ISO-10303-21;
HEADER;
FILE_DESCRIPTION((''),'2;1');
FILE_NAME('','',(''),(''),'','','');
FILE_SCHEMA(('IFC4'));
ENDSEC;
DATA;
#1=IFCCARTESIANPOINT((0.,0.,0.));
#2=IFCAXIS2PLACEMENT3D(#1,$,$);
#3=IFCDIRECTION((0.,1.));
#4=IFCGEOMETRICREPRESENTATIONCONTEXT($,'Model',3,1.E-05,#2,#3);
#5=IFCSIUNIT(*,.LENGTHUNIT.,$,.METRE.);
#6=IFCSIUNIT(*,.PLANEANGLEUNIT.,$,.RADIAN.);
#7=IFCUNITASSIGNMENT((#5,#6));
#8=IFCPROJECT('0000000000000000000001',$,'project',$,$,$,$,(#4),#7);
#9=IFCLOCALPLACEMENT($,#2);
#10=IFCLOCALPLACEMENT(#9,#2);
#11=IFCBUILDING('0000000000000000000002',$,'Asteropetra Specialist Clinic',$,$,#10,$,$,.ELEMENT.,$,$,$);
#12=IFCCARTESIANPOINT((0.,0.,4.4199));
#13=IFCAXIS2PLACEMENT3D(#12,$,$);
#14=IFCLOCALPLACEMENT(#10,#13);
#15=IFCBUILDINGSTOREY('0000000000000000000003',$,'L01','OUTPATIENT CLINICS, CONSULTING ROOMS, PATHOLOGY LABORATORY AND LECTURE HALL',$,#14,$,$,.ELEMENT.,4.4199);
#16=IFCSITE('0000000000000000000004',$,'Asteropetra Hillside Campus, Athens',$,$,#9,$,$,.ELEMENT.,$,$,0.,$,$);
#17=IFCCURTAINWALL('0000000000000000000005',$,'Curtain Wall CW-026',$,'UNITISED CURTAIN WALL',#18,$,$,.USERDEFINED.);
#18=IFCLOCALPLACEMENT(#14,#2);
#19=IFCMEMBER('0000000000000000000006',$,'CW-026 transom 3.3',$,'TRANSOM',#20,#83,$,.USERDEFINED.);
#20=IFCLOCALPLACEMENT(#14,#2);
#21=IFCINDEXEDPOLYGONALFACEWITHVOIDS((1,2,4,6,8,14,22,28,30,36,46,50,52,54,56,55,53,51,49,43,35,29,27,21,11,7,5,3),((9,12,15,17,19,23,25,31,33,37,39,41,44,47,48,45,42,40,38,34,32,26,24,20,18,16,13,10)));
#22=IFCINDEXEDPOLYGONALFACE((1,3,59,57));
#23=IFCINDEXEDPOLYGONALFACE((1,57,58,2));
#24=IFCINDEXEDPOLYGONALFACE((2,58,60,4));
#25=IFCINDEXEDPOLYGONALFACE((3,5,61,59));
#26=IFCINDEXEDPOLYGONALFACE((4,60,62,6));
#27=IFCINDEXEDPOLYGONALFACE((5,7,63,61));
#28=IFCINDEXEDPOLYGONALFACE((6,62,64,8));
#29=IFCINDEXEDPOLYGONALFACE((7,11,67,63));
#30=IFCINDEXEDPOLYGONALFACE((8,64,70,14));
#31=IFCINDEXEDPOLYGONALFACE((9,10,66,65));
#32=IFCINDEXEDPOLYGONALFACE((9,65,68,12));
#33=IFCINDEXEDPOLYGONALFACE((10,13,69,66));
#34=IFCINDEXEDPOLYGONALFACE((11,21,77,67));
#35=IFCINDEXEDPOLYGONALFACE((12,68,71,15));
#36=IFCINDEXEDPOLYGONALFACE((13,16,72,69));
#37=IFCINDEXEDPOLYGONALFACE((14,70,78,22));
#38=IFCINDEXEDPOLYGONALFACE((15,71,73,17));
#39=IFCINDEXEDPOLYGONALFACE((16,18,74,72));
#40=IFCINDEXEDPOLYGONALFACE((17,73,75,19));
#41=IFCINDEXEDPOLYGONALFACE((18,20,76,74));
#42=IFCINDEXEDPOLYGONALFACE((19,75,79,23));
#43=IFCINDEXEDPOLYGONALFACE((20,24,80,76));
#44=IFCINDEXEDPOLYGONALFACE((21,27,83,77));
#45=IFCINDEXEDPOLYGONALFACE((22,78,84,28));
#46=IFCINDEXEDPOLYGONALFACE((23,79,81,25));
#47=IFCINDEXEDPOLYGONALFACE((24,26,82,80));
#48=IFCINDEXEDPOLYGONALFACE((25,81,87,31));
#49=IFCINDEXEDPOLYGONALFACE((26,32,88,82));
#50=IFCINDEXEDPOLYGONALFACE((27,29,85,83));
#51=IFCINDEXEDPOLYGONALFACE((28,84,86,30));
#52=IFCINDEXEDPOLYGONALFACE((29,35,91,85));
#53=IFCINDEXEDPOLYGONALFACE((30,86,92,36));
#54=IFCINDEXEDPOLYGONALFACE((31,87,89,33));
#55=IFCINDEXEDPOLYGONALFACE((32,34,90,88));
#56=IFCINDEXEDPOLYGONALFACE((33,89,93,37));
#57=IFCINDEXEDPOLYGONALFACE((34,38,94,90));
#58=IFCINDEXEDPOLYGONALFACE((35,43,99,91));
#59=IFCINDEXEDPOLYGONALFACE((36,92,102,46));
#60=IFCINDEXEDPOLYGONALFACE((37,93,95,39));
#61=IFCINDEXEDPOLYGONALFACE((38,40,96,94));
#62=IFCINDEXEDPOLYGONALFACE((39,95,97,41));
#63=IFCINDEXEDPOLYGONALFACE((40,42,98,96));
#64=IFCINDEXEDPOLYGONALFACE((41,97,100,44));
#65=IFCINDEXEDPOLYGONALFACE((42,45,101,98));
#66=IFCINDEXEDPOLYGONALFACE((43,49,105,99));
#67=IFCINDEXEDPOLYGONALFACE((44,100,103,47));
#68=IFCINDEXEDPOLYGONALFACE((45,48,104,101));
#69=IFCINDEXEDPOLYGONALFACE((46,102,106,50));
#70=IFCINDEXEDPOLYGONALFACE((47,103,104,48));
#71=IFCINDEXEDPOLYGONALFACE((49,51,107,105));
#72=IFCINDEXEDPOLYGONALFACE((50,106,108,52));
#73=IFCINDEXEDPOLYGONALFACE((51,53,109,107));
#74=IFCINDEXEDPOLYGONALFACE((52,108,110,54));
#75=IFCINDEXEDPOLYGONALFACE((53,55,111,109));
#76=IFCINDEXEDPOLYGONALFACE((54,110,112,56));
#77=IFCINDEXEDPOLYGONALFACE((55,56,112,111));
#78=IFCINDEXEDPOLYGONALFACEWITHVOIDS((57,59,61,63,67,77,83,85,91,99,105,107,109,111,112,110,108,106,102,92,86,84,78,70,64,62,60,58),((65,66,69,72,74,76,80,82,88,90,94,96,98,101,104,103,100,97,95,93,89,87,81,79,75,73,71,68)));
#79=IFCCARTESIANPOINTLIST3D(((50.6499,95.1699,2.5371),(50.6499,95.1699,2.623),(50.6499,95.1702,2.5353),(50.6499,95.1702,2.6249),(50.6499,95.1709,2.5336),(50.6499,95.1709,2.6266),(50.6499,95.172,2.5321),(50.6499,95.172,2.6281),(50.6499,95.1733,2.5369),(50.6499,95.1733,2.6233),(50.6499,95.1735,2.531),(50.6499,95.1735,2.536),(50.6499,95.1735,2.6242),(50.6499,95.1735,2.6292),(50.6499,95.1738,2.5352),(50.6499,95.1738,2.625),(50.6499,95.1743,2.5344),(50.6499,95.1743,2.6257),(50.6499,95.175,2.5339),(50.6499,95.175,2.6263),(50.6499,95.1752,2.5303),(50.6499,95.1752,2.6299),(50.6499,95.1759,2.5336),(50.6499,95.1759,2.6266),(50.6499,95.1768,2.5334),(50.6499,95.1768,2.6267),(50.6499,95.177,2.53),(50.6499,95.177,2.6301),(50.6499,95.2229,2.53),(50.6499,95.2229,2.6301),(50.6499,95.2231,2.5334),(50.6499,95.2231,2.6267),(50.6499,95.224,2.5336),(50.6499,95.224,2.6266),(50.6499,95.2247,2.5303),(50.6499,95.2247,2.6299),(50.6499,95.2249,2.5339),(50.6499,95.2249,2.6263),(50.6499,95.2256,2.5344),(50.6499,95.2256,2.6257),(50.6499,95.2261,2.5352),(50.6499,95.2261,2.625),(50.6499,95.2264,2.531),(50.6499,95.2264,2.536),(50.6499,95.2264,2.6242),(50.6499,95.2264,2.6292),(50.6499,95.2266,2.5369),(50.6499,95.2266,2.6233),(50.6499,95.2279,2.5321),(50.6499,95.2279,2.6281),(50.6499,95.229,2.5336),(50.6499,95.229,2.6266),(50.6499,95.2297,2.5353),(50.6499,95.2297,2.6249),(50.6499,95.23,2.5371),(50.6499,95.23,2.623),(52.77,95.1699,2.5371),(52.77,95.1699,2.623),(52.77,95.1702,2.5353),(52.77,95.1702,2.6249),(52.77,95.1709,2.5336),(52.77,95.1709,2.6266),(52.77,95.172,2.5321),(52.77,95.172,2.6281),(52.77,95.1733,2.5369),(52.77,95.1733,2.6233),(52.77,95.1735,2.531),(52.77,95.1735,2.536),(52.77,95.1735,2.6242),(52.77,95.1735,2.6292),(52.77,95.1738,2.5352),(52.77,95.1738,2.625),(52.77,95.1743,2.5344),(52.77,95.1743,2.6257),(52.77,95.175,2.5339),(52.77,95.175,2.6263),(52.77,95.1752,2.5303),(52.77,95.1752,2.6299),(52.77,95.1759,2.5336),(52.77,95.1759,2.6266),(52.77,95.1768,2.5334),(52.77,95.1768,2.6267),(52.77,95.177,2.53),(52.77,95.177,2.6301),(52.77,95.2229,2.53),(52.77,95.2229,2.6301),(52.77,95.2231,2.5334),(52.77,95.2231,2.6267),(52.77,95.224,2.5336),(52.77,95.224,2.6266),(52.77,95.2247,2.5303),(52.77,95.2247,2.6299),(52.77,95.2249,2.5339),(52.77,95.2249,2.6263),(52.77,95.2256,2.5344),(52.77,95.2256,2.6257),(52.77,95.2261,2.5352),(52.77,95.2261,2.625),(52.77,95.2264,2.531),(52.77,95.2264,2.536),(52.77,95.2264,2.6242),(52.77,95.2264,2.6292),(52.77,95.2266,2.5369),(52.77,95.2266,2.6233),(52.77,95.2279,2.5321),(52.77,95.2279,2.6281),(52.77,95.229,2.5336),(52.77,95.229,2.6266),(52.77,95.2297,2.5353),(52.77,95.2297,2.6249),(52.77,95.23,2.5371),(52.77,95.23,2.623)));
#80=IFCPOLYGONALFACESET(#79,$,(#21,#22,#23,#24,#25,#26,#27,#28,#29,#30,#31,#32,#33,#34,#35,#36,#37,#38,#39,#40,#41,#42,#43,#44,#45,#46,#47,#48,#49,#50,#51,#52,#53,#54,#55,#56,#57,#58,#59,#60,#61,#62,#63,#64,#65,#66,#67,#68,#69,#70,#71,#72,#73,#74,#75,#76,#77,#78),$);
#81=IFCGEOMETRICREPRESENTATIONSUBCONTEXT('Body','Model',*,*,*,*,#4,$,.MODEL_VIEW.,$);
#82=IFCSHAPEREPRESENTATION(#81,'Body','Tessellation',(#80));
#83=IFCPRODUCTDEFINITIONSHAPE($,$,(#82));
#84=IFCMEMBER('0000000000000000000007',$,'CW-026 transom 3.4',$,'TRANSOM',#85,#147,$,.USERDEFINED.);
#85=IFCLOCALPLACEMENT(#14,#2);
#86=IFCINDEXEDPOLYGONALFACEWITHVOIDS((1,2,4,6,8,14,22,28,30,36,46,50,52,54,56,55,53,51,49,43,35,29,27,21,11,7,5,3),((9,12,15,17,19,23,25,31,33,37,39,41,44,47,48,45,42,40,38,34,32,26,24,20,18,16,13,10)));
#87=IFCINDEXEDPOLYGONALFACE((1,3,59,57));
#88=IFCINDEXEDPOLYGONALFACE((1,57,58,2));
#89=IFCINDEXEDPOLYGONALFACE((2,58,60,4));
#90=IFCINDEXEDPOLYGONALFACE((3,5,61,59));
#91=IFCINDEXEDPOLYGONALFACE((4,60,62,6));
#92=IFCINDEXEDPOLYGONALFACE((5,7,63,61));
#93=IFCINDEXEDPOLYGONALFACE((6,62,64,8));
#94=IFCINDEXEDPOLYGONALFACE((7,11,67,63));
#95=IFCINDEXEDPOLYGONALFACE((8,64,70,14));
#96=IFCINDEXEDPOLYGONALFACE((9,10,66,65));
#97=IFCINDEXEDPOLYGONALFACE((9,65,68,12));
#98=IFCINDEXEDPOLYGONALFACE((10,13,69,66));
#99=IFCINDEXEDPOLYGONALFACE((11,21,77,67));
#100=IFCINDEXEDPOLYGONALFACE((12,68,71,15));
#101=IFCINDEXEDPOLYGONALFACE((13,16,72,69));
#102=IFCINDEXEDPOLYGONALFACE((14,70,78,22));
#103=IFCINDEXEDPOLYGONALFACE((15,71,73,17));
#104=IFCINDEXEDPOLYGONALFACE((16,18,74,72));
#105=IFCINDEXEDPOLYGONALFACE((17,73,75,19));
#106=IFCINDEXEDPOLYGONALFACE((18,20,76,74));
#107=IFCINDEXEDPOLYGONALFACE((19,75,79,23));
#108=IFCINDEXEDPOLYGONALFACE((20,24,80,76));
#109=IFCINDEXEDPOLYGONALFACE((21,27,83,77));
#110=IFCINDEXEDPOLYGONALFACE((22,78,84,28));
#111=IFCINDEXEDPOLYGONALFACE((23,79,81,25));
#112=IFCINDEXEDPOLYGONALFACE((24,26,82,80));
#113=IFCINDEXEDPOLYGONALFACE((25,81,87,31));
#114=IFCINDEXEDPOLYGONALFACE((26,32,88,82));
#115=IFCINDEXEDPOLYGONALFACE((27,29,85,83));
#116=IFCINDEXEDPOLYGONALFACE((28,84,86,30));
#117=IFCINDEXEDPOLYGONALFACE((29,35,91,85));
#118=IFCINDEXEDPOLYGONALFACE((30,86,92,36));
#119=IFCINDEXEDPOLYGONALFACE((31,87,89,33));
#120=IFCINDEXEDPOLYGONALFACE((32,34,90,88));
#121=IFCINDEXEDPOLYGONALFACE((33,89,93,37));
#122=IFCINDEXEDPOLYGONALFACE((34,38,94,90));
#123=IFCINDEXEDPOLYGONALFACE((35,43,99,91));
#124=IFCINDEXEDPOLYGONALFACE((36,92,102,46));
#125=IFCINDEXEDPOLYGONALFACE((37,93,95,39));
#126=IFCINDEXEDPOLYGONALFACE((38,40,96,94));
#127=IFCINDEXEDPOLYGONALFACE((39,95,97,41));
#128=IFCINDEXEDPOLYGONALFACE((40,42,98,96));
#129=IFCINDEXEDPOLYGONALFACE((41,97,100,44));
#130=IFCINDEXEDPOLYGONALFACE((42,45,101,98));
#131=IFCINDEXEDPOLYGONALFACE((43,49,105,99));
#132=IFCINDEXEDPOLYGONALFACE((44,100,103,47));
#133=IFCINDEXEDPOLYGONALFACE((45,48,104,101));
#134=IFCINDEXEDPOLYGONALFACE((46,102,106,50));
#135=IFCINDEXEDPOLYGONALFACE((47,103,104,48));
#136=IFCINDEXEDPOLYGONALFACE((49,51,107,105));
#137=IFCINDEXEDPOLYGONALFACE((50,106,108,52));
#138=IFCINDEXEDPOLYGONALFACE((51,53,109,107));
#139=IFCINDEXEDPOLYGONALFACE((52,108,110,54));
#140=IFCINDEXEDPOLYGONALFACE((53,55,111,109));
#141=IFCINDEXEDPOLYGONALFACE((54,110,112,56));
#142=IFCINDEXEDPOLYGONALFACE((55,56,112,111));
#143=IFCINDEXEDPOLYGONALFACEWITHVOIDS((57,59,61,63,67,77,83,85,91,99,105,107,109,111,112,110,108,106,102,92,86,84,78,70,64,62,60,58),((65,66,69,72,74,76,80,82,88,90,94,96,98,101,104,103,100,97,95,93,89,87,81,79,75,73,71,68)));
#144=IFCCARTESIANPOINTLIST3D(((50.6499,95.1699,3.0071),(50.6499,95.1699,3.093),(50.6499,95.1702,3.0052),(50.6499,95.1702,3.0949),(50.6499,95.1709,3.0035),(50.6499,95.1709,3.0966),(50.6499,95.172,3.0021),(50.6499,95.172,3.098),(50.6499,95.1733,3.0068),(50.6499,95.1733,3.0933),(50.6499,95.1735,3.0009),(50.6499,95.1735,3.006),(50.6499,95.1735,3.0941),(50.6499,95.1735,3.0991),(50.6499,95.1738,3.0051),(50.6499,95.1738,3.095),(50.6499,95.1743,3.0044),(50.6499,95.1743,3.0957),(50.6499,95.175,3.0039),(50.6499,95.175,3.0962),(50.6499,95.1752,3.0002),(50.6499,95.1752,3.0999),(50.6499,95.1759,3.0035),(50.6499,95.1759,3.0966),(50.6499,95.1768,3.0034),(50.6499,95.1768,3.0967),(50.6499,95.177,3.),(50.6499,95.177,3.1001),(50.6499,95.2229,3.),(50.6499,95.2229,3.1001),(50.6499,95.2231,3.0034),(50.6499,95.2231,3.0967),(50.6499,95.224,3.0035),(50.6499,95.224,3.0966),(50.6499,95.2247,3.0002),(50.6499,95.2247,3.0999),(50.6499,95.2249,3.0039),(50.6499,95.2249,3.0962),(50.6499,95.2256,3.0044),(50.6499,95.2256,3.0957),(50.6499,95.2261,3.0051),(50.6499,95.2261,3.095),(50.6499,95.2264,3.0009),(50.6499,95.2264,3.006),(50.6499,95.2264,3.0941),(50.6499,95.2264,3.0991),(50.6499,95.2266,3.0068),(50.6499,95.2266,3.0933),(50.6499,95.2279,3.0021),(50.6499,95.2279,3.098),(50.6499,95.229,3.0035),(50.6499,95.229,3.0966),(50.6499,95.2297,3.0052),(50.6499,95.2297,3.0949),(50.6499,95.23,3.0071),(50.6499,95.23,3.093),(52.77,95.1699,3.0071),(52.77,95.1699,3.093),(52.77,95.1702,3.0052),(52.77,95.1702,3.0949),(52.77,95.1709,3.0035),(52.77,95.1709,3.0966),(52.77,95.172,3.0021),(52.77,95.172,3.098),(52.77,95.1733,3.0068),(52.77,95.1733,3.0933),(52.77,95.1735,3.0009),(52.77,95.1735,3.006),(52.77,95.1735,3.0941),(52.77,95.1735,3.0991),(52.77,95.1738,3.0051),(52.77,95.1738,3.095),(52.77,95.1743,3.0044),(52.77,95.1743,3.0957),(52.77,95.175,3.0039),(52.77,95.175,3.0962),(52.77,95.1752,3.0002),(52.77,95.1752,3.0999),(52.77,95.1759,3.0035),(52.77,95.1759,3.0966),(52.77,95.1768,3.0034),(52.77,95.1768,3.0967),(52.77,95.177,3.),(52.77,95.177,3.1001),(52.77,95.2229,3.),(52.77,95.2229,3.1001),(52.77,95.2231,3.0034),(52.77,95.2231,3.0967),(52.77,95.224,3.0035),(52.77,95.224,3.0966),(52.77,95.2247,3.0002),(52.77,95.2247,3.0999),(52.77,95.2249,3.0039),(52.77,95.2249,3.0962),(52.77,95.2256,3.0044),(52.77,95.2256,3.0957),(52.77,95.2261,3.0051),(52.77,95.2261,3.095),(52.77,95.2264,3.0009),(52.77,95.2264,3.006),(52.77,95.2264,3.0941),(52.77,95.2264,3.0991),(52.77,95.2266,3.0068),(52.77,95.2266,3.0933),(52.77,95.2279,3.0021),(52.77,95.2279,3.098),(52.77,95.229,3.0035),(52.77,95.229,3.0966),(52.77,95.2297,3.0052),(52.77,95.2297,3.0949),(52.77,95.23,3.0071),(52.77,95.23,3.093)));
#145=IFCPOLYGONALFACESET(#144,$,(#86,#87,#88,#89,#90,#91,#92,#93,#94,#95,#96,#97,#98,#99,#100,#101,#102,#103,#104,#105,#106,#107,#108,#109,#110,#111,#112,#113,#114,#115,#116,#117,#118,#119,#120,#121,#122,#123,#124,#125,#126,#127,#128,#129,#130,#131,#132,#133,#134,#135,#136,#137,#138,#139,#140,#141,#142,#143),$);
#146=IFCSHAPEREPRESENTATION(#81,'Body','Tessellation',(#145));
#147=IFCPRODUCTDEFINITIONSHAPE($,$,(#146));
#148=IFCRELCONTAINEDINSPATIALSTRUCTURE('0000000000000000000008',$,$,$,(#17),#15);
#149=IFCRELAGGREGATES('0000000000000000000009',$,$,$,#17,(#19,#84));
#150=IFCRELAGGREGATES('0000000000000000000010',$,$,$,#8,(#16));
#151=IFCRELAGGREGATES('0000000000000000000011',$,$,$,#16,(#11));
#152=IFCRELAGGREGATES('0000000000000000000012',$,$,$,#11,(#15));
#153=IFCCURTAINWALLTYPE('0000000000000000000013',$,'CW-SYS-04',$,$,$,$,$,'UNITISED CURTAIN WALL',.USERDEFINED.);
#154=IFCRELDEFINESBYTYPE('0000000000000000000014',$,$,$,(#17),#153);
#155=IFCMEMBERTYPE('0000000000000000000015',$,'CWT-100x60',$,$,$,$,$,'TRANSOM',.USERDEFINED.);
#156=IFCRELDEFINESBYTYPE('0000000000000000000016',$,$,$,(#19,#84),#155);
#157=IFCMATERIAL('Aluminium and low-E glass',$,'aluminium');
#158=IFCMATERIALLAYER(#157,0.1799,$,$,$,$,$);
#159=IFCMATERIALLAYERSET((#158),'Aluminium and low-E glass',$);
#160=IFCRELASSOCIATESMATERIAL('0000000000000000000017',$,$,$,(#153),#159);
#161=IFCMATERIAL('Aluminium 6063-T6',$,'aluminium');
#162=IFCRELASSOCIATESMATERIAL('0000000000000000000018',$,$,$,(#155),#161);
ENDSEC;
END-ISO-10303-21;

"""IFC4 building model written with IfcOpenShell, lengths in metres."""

from ifc_helpers import new_model, si_unit, direction, frame, origin, origin_2d, place, context, subcontext, project, spatial, hollow_rectangle, extrude, material, layer, layer_set, material_profile, profile_set, type_object, element, aggregate, save


model = new_model("IFC4")

# Units and contexts
model_context = context("Model", 3, precision=1e-05, world=origin(), true_north=direction((0.0, 1.0)))
body_context = subcontext(model_context, "Body", "Model", "MODEL_VIEW")
ifc_project = project(units=[si_unit("LENGTHUNIT", "METRE"), si_unit("PLANEANGLEUNIT", "RADIAN")], contexts=[model_context])

# Site, building, storey
site_placement = place(None, origin())
site = spatial("IfcSite", under=ifc_project, at=site_placement, Name="Asteropetra Hillside Campus, Athens", CompositionType="ELEMENT", RefElevation=0.0)
building_placement = place(site_placement, origin())
building = spatial("IfcBuilding", under=site, at=building_placement, Name="Asteropetra Specialist Clinic", CompositionType="ELEMENT")
storey_placement = place(building_placement, frame((0.0, 0.0, 4.4199)))
storey = spatial("IfcBuildingStorey", under=building, at=storey_placement, Name="L01", Description="OUTPATIENT CLINICS, CONSULTING ROOMS, PATHOLOGY LABORATORY AND LECTURE HALL", CompositionType="ELEMENT", Elevation=4.4199)

# Curtain wall
ifc_material_1 = material(Name="Aluminium and low-E glass", Category="aluminium")
ifc_layer_1 = layer(ifc_material_1, 0.1799)
ifc_layer_set_1 = layer_set([ifc_layer_1], Name="Aluminium and low-E glass")
curtain_wall_type_1 = type_object("IfcCurtainWallType", Name="CW-SYS-04", ElementType="UNITISED CURTAIN WALL", PredefinedType="USERDEFINED", material=ifc_layer_set_1)
curtain_wall_1_placement = place(storey_placement, origin())
curtain_wall_1 = element("IfcCurtainWall", 1, at=curtain_wall_1_placement, inside=storey, type_object=curtain_wall_type_1, Name="Curtain Wall CW-026", ObjectType="UNITISED CURTAIN WALL", PredefinedType="USERDEFINED")

# Members
ifc_material_2 = material(Name="Aluminium 6063-T6", Category="aluminium")
ifc_material_profile_1 = material_profile(ifc_material_2, hollow_rectangle(XDim=0.0601, YDim=0.1001, WallThickness=0.0034, InnerFilletRadius=0.0034, OuterFilletRadius=0.0071, at=origin_2d()), Name="TRN 100x60x3.5")
ifc_profile_set_1 = profile_set([ifc_material_profile_1], Name="Aluminium 6063-T6")
member_type_1 = type_object("IfcMemberType", Name="CWT-100x60", ElementType="TRANSOM", PredefinedType="USERDEFINED", material=ifc_profile_set_1)
member_1_placement = place(storey_placement, frame((52.77, 95.2, 2.5801), z_axis=(-1.0, 0.0, 0.0), x_axis=(0.0, -1.0, 0.0)))
member_1 = element("IfcMember", 2, at=member_1_placement, type_object=member_type_1, Name="CW-026 transom 3.3", ObjectType="TRANSOM", PredefinedType="USERDEFINED", context=body_context, shape_type="SweptSolid", body=[
    extrude(hollow_rectangle(XDim=0.0601, YDim=0.1001, WallThickness=0.0034, InnerFilletRadius=0.0034, OuterFilletRadius=0.0071, at=origin_2d()), origin(), (0.0, 0.0, 1.0), 2.1201),
])
member_2_placement = place(storey_placement, frame((52.77, 95.2, 3.05), z_axis=(-1.0, 0.0, 0.0), x_axis=(0.0, -1.0, 0.0)))
member_2 = element("IfcMember", 3, at=member_2_placement, type_object=member_type_1, Name="CW-026 transom 3.4", ObjectType="TRANSOM", PredefinedType="USERDEFINED", context=body_context, shape_type="SweptSolid", body=[
    extrude(hollow_rectangle(XDim=0.0601, YDim=0.1001, WallThickness=0.0034, InnerFilletRadius=0.0034, OuterFilletRadius=0.0071, at=origin_2d()), origin(), (0.0, 0.0, 1.0), 2.1201),
])

aggregate(curtain_wall_1, [member_1, member_2])

save(model, "model.ifc")
